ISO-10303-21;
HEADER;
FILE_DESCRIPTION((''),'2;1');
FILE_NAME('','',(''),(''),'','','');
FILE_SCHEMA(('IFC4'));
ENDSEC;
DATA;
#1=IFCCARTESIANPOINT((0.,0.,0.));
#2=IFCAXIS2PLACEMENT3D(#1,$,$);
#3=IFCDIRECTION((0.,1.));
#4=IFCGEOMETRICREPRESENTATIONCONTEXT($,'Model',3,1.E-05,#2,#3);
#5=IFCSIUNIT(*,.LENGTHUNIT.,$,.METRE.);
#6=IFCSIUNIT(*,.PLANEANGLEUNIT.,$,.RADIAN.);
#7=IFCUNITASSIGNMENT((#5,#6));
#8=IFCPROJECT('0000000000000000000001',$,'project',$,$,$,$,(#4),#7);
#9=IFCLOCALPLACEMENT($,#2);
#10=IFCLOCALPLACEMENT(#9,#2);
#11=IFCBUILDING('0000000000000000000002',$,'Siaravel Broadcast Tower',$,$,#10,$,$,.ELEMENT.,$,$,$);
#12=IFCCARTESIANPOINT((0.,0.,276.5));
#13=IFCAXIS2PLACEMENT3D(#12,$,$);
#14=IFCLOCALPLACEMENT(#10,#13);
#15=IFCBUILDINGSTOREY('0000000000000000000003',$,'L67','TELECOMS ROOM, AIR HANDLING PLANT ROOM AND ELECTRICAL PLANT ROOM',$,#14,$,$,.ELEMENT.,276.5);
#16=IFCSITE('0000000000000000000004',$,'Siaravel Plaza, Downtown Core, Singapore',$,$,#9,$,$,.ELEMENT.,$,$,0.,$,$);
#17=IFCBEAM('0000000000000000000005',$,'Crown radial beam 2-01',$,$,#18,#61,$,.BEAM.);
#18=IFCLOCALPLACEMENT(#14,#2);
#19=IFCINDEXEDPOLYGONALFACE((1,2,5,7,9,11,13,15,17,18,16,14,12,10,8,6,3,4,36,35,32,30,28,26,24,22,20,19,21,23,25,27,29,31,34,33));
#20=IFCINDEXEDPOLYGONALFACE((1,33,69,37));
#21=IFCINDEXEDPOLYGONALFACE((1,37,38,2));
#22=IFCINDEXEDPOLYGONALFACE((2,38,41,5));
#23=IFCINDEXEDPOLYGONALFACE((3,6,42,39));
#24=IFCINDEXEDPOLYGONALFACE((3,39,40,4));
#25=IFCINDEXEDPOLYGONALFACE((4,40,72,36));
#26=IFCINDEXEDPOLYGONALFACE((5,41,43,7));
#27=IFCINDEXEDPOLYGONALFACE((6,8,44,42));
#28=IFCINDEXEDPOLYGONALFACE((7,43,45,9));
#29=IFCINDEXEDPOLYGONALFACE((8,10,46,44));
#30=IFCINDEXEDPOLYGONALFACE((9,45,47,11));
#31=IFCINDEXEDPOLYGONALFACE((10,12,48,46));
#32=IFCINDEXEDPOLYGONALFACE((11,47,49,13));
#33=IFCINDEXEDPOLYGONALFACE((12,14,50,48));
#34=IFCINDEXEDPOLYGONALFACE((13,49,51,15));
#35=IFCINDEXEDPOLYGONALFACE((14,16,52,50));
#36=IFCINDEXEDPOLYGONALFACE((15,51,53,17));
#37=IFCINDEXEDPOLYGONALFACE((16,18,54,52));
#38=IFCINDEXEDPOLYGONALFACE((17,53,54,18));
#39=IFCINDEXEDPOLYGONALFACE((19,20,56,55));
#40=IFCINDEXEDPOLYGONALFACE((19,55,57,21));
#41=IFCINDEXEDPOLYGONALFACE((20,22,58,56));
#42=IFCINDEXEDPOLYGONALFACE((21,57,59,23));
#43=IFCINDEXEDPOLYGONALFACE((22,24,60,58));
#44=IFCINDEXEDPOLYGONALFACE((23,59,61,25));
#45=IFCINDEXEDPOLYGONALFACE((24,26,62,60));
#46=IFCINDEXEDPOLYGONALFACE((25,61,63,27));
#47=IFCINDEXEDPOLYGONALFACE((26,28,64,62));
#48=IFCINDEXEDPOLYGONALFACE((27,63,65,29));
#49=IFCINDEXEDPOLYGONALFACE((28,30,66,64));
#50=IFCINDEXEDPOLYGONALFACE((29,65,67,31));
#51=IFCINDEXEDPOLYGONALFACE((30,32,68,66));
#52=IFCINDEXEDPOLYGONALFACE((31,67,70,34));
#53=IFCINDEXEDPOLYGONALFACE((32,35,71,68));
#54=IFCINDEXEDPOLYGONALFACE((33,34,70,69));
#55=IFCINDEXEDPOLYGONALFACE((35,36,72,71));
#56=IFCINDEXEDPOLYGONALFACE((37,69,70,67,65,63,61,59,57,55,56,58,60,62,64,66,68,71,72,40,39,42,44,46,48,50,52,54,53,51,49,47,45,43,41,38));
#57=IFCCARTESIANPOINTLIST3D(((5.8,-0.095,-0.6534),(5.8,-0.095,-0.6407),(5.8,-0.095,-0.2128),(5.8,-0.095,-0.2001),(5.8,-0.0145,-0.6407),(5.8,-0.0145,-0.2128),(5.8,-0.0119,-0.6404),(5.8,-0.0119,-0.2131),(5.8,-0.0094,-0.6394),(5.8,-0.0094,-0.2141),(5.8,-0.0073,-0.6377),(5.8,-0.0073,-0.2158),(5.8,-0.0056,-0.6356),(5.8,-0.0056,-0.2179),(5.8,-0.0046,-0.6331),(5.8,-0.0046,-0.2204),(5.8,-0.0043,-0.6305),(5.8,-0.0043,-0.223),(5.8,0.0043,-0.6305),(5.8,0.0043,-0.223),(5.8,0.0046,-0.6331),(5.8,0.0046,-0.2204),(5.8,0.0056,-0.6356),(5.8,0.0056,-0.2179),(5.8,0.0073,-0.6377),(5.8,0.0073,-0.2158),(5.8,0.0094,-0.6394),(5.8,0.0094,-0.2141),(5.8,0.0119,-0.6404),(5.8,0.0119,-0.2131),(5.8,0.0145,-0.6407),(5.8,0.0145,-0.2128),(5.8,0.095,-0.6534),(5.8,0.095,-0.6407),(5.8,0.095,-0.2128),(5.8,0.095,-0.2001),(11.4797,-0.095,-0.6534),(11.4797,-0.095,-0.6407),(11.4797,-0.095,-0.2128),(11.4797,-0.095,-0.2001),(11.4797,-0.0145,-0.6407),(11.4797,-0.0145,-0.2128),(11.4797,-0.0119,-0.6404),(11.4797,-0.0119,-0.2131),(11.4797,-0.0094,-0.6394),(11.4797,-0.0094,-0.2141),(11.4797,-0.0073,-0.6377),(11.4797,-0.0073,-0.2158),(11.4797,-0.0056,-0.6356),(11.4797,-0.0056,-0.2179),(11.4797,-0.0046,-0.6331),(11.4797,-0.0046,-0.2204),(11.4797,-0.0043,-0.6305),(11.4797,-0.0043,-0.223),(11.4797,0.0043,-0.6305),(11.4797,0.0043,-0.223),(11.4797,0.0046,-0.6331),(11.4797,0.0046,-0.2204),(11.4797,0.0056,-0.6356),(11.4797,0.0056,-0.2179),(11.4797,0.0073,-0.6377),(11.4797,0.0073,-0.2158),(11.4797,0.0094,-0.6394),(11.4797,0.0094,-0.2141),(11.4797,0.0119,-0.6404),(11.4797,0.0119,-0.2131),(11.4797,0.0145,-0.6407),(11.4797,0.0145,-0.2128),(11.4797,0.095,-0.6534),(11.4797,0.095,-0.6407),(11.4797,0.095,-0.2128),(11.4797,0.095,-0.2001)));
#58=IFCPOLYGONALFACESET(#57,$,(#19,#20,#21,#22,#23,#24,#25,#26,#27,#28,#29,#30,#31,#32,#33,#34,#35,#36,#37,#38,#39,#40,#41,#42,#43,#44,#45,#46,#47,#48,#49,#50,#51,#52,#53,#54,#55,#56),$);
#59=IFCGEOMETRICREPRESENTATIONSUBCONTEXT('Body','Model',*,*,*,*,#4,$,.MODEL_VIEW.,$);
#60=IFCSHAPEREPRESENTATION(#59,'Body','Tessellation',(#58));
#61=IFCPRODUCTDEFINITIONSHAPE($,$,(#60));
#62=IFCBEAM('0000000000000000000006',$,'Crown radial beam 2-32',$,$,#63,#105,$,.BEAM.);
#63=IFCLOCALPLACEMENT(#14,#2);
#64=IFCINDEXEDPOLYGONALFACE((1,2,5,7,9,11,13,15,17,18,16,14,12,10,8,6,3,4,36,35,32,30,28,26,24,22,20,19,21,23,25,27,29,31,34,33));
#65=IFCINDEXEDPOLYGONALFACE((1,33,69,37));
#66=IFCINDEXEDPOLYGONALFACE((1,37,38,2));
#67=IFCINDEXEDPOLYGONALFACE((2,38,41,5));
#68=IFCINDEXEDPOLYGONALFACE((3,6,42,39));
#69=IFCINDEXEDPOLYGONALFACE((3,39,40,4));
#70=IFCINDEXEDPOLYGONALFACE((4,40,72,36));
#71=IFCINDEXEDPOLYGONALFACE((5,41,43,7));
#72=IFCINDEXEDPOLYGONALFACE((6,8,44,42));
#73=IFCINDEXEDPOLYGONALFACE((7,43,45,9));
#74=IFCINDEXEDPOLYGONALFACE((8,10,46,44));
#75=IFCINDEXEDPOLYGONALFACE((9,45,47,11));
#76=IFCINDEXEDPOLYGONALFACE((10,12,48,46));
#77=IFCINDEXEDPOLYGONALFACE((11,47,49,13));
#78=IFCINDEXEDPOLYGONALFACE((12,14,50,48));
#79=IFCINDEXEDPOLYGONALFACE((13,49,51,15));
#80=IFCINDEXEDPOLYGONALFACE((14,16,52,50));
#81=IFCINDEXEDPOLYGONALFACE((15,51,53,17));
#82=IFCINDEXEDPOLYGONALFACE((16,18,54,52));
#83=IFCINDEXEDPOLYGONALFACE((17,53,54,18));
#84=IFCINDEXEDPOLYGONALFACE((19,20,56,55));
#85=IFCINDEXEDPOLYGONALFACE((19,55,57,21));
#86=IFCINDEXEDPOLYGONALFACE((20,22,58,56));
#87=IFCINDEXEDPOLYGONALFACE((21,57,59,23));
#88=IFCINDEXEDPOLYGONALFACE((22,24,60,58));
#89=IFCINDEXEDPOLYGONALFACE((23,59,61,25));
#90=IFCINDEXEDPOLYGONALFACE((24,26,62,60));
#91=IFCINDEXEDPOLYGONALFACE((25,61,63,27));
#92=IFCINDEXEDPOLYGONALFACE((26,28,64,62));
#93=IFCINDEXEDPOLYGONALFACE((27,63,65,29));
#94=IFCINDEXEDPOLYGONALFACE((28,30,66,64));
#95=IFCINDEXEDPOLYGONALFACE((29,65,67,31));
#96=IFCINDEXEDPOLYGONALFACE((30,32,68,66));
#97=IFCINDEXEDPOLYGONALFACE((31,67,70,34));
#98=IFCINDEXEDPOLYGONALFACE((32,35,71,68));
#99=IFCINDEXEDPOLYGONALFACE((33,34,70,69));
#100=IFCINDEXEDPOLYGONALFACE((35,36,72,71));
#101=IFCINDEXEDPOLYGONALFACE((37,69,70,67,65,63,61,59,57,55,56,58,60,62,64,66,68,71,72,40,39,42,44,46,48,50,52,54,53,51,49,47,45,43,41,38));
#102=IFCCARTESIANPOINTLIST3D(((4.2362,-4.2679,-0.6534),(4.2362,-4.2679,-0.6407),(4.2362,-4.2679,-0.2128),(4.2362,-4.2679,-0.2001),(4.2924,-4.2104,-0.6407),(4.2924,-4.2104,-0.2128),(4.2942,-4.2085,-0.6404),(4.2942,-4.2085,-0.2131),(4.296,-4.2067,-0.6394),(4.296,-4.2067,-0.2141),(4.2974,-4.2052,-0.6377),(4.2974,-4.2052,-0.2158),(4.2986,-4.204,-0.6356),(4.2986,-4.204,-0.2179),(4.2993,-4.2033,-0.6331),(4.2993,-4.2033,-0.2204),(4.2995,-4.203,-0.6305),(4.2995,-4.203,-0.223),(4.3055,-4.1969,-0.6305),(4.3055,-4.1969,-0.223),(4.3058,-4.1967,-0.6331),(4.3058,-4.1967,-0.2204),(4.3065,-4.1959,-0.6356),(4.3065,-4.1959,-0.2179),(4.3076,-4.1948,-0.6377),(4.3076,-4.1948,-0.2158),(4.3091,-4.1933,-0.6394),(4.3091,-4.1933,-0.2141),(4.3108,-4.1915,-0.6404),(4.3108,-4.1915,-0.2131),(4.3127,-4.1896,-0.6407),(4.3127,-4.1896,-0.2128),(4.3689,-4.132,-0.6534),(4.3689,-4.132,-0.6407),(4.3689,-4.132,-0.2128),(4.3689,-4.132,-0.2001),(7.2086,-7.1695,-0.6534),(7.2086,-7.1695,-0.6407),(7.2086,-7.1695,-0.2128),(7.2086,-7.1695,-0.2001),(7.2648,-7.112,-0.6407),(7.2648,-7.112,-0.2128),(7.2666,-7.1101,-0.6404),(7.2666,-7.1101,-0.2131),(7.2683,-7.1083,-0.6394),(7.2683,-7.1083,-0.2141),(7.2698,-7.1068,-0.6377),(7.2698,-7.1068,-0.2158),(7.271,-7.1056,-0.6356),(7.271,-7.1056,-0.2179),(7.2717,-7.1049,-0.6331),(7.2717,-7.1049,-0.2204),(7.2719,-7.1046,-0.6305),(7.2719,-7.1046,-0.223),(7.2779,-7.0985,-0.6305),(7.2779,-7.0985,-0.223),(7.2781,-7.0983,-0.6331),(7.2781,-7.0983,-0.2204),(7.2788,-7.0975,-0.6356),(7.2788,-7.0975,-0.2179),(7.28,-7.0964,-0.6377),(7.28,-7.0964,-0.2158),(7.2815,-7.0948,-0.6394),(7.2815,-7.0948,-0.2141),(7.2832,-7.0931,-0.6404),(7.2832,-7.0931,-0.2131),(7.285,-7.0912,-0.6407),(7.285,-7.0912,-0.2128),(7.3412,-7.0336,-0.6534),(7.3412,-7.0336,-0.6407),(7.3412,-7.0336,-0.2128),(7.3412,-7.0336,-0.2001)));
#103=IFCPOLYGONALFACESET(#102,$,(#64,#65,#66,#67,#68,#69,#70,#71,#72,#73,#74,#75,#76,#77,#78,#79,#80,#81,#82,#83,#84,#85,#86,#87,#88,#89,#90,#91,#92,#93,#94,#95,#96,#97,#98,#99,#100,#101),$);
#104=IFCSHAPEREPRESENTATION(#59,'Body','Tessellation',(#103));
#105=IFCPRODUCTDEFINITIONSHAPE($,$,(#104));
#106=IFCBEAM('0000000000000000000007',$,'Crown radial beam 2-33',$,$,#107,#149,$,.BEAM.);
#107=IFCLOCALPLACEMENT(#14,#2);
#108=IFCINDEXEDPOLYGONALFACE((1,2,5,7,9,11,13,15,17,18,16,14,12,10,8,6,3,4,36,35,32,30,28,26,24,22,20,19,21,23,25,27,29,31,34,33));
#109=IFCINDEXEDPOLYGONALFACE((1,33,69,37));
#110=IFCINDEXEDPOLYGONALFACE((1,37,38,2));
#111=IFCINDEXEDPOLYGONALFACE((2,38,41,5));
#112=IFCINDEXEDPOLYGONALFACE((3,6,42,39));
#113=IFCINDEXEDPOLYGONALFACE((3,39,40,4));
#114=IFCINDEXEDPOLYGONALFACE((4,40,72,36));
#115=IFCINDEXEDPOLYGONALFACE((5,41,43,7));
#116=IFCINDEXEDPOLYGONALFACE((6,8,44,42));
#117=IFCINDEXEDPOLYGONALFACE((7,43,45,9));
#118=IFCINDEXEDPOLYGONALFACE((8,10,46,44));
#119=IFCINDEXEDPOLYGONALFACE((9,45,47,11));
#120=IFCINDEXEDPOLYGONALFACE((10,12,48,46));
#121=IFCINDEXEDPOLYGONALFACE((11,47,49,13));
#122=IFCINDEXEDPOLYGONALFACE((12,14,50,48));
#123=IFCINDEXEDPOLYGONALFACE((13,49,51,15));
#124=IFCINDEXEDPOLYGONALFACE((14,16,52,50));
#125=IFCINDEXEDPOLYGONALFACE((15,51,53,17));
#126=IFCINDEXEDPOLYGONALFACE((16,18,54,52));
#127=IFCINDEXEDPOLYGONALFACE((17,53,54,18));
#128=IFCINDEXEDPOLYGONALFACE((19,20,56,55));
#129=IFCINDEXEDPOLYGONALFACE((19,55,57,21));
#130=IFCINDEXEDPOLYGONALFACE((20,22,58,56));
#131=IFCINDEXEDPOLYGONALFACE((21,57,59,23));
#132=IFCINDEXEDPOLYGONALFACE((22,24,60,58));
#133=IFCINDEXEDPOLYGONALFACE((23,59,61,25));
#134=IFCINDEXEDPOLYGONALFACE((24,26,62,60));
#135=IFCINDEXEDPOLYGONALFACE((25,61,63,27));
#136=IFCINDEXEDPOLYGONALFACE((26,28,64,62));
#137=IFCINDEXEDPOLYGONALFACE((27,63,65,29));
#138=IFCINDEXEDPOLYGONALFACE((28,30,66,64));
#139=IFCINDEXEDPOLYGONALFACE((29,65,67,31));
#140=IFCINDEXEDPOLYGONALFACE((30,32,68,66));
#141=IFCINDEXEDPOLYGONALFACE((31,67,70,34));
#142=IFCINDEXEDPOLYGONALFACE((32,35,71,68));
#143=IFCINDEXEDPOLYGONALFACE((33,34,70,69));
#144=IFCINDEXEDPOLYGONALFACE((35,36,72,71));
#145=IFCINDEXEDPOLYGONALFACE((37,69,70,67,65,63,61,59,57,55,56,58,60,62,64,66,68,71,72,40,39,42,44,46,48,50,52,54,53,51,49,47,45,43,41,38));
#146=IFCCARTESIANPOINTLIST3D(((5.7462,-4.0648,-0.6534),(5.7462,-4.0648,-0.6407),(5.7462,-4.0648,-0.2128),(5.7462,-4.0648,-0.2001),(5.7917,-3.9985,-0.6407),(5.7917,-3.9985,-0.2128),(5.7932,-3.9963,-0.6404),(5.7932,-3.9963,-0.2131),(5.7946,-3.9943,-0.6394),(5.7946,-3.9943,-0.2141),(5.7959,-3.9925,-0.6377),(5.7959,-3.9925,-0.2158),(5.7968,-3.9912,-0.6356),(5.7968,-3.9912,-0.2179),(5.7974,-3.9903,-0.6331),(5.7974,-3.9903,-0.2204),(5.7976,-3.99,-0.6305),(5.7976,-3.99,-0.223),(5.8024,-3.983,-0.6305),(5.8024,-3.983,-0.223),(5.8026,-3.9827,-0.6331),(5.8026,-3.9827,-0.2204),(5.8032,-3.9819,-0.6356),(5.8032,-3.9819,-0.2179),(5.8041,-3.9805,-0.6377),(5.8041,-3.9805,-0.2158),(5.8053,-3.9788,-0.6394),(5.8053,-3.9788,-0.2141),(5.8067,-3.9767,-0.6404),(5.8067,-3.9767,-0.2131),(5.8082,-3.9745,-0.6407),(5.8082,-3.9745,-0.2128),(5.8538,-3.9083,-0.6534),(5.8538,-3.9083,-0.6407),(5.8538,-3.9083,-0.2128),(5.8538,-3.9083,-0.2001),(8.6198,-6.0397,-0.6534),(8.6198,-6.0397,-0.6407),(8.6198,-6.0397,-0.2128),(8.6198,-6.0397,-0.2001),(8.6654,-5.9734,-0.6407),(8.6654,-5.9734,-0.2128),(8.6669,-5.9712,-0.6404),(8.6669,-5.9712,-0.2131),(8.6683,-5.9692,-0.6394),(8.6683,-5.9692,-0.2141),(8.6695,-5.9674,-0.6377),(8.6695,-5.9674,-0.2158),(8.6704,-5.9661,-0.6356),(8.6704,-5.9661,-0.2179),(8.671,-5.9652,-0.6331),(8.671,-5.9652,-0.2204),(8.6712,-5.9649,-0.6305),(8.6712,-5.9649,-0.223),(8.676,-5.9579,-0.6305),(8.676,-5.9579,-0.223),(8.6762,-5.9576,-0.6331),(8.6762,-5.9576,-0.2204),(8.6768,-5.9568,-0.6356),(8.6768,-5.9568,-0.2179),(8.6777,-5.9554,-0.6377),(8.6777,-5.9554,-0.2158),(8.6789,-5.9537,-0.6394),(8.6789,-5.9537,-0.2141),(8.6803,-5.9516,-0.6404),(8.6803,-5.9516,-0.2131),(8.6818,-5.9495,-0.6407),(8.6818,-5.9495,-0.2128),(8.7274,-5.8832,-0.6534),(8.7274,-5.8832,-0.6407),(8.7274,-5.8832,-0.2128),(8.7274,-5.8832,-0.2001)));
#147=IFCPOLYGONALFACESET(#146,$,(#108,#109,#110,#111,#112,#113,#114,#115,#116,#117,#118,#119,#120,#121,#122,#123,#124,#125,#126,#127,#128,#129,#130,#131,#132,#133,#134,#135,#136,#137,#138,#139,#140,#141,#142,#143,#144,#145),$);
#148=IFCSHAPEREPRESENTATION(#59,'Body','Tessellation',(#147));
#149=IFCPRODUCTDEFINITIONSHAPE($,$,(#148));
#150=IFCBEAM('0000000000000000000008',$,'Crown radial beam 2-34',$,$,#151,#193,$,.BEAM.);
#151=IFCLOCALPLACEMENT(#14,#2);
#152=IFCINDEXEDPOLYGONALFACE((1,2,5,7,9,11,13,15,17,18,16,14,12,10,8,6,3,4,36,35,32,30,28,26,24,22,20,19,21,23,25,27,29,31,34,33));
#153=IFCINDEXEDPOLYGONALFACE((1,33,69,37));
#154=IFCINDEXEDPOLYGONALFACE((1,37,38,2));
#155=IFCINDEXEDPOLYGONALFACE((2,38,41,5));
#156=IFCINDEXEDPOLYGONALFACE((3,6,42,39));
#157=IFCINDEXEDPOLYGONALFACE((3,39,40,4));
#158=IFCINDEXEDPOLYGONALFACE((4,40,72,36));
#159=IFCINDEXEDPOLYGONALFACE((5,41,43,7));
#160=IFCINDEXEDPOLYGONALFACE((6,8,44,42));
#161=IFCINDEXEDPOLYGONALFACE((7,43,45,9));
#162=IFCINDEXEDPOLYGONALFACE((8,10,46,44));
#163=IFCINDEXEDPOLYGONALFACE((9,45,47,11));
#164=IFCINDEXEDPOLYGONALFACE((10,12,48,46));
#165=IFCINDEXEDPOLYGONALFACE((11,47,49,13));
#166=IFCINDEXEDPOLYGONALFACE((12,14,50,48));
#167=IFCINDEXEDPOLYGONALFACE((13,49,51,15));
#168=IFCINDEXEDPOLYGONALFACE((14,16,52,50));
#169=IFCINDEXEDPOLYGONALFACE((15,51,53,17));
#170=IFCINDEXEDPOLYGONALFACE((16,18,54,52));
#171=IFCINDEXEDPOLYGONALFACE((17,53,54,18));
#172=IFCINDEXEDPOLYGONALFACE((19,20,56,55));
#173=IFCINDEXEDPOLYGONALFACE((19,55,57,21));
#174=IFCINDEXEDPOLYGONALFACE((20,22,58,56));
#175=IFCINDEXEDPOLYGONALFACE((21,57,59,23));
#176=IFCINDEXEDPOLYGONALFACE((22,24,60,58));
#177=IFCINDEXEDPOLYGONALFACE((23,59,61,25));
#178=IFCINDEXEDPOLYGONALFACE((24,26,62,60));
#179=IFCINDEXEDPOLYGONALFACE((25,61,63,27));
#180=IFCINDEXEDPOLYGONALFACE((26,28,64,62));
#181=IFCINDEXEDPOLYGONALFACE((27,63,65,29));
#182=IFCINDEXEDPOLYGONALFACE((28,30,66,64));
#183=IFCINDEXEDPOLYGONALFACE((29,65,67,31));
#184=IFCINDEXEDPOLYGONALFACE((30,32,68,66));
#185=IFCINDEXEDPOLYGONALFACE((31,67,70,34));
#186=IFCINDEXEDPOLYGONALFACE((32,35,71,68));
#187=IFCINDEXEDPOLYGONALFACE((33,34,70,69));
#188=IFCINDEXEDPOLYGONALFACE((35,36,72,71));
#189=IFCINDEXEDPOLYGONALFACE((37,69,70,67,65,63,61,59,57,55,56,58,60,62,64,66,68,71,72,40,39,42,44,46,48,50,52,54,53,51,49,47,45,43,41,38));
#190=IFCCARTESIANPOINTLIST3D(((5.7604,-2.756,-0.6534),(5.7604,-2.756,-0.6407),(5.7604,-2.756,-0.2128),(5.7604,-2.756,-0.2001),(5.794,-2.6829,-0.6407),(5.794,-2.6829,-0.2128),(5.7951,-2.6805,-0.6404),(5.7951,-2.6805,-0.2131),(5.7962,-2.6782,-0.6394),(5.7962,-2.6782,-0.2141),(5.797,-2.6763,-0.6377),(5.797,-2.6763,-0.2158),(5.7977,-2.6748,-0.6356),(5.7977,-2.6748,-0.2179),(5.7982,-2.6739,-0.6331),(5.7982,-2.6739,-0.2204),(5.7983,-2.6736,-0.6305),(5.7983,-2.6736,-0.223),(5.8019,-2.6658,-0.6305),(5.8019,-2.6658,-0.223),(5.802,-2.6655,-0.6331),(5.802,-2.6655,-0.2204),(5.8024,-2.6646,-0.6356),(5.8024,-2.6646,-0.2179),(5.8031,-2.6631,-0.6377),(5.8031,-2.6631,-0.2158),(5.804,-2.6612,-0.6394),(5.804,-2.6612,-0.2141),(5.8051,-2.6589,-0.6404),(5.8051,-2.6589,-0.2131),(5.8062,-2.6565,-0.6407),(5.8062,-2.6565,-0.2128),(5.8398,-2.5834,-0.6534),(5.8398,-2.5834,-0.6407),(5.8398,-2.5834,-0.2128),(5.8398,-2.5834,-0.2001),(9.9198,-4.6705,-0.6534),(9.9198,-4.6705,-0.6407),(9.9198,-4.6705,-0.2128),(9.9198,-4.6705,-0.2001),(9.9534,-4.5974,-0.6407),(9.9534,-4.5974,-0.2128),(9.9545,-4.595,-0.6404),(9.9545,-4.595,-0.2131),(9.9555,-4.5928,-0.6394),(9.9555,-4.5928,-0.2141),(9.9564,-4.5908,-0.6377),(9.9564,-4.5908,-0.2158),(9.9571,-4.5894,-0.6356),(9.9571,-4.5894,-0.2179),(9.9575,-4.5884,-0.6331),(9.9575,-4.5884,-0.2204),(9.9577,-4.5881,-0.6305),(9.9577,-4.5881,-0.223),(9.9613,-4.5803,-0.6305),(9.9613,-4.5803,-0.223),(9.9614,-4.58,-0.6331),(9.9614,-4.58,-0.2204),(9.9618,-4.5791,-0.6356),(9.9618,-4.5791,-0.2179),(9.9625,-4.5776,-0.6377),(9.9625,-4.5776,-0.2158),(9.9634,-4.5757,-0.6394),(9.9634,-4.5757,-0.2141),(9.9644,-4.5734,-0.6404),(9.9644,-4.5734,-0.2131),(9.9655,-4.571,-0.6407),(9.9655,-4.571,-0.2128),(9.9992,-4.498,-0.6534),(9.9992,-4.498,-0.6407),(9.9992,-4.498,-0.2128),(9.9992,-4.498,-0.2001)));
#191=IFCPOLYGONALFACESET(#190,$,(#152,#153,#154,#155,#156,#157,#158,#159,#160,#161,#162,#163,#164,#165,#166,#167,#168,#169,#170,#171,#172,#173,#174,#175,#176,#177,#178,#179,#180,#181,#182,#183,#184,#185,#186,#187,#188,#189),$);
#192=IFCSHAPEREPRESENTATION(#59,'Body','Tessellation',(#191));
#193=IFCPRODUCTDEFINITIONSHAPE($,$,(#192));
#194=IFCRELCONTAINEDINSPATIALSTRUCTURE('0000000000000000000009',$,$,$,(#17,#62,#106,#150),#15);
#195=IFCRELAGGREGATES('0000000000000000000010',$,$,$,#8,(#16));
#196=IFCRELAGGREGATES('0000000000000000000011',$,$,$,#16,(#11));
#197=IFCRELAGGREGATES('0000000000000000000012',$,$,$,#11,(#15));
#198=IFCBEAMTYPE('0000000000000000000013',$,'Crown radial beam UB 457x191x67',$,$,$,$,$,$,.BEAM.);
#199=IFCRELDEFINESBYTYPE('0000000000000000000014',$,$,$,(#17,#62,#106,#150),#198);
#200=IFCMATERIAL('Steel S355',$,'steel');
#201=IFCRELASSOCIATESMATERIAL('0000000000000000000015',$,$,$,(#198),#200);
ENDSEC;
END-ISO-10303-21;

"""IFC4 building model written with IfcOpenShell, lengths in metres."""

from ifc_helpers import new_model, si_unit, direction, frame, origin, origin_2d, place, context, subcontext, project, spatial, i_section, extrude, material, material_profile, profile_set, type_object, element, save


model = new_model("IFC4")

# Units and contexts
model_context = context("Model", 3, precision=1e-05, world=origin(), true_north=direction((0.0, 1.0)))
body_context = subcontext(model_context, "Body", "Model", "MODEL_VIEW")
ifc_project = project(units=[si_unit("LENGTHUNIT", "METRE"), si_unit("PLANEANGLEUNIT", "RADIAN")], contexts=[model_context])

# Site, building, storey
site_placement = place(None, origin())
site = spatial("IfcSite", under=ifc_project, at=site_placement, Name="Siaravel Plaza, Downtown Core, Singapore", CompositionType="ELEMENT", RefElevation=0.0)
building_placement = place(site_placement, origin())
building = spatial("IfcBuilding", under=site, at=building_placement, Name="Siaravel Broadcast Tower", CompositionType="ELEMENT")
storey_placement = place(building_placement, frame((0.0, 0.0, 276.5)))
storey = spatial("IfcBuildingStorey", under=building, at=storey_placement, Name="L67", Description="TELECOMS ROOM, AIR HANDLING PLANT ROOM AND ELECTRICAL PLANT ROOM", CompositionType="ELEMENT", Elevation=276.5)

# Beams
ifc_material_1 = material(Name="Steel S355", Category="steel")
ifc_material_profile_1 = material_profile(ifc_material_1, i_section(OverallWidth=0.1899, OverallDepth=0.4534, WebThickness=0.0085, FlangeThickness=0.0127, FilletRadius=0.0103, at=origin_2d()))
ifc_profile_set_1 = profile_set([ifc_material_profile_1], Name="Steel S355")
beam_type_1 = type_object("IfcBeamType", Name="Crown radial beam UB 457x191x67", PredefinedType="BEAM", material=ifc_profile_set_1)
beam_1_placement = place(storey_placement, frame((11.4797, 0.0, -0.4268), z_axis=(-1.0, 0.0, 0.0), x_axis=(0.0, -1.0, 0.0)))
element("IfcBeam", 1, at=beam_1_placement, inside=storey, type_object=beam_type_1, Name="Crown radial beam 2-01", PredefinedType="BEAM", context=body_context, shape_type="SweptSolid", body=[
    extrude(i_section(OverallWidth=0.1899, OverallDepth=0.4534, WebThickness=0.0085, FlangeThickness=0.0127, FilletRadius=0.0103, at=origin_2d()), origin(), (0.0, 0.0, 1.0), 5.6797),
])
beam_2_placement = place(storey_placement, frame((7.2749, -7.1016, -0.4268), z_axis=(-0.715578, 0.698533, 0.0), x_axis=(-0.698533, -0.715578, 0.0)))
element("IfcBeam", 2, at=beam_2_placement, inside=storey, type_object=beam_type_1, Name="Crown radial beam 2-32", PredefinedType="BEAM", context=body_context, shape_type="SweptSolid", body=[
    extrude(i_section(OverallWidth=0.1899, OverallDepth=0.4534, WebThickness=0.0085, FlangeThickness=0.0127, FilletRadius=0.0103, at=origin_2d()), origin(), (0.0, 0.0, 1.0), 4.1538),
])
beam_3_placement = place(storey_placement, frame((8.6736, -5.9614, -0.4268), z_axis=(-0.824136, 0.566392, 0.0), x_axis=(-0.566392, -0.824136, 0.0)))
element("IfcBeam", 3, at=beam_3_placement, inside=storey, type_object=beam_type_1, Name="Crown radial beam 2-33", PredefinedType="BEAM", context=body_context, shape_type="SweptSolid", body=[
    extrude(i_section(OverallWidth=0.1899, OverallDepth=0.4534, WebThickness=0.0085, FlangeThickness=0.0127, FilletRadius=0.0103, at=origin_2d()), origin(), (0.0, 0.0, 1.0), 3.4868),
])
beam_4_placement = place(storey_placement, frame((9.9595, -4.5842, -0.4268), z_axis=(-0.90839, 0.418125, 0.0), x_axis=(-0.418125, -0.90839, 0.0)))
element("IfcBeam", 4, at=beam_4_placement, inside=storey, type_object=beam_type_1, Name="Crown radial beam 2-34", PredefinedType="BEAM", context=body_context, shape_type="SweptSolid", body=[
    extrude(i_section(OverallWidth=0.1899, OverallDepth=0.4534, WebThickness=0.0085, FlangeThickness=0.0127, FilletRadius=0.0103, at=origin_2d()), origin(), (0.0, 0.0, 1.0), 4.5789),
])

save(model, "model.ifc")
